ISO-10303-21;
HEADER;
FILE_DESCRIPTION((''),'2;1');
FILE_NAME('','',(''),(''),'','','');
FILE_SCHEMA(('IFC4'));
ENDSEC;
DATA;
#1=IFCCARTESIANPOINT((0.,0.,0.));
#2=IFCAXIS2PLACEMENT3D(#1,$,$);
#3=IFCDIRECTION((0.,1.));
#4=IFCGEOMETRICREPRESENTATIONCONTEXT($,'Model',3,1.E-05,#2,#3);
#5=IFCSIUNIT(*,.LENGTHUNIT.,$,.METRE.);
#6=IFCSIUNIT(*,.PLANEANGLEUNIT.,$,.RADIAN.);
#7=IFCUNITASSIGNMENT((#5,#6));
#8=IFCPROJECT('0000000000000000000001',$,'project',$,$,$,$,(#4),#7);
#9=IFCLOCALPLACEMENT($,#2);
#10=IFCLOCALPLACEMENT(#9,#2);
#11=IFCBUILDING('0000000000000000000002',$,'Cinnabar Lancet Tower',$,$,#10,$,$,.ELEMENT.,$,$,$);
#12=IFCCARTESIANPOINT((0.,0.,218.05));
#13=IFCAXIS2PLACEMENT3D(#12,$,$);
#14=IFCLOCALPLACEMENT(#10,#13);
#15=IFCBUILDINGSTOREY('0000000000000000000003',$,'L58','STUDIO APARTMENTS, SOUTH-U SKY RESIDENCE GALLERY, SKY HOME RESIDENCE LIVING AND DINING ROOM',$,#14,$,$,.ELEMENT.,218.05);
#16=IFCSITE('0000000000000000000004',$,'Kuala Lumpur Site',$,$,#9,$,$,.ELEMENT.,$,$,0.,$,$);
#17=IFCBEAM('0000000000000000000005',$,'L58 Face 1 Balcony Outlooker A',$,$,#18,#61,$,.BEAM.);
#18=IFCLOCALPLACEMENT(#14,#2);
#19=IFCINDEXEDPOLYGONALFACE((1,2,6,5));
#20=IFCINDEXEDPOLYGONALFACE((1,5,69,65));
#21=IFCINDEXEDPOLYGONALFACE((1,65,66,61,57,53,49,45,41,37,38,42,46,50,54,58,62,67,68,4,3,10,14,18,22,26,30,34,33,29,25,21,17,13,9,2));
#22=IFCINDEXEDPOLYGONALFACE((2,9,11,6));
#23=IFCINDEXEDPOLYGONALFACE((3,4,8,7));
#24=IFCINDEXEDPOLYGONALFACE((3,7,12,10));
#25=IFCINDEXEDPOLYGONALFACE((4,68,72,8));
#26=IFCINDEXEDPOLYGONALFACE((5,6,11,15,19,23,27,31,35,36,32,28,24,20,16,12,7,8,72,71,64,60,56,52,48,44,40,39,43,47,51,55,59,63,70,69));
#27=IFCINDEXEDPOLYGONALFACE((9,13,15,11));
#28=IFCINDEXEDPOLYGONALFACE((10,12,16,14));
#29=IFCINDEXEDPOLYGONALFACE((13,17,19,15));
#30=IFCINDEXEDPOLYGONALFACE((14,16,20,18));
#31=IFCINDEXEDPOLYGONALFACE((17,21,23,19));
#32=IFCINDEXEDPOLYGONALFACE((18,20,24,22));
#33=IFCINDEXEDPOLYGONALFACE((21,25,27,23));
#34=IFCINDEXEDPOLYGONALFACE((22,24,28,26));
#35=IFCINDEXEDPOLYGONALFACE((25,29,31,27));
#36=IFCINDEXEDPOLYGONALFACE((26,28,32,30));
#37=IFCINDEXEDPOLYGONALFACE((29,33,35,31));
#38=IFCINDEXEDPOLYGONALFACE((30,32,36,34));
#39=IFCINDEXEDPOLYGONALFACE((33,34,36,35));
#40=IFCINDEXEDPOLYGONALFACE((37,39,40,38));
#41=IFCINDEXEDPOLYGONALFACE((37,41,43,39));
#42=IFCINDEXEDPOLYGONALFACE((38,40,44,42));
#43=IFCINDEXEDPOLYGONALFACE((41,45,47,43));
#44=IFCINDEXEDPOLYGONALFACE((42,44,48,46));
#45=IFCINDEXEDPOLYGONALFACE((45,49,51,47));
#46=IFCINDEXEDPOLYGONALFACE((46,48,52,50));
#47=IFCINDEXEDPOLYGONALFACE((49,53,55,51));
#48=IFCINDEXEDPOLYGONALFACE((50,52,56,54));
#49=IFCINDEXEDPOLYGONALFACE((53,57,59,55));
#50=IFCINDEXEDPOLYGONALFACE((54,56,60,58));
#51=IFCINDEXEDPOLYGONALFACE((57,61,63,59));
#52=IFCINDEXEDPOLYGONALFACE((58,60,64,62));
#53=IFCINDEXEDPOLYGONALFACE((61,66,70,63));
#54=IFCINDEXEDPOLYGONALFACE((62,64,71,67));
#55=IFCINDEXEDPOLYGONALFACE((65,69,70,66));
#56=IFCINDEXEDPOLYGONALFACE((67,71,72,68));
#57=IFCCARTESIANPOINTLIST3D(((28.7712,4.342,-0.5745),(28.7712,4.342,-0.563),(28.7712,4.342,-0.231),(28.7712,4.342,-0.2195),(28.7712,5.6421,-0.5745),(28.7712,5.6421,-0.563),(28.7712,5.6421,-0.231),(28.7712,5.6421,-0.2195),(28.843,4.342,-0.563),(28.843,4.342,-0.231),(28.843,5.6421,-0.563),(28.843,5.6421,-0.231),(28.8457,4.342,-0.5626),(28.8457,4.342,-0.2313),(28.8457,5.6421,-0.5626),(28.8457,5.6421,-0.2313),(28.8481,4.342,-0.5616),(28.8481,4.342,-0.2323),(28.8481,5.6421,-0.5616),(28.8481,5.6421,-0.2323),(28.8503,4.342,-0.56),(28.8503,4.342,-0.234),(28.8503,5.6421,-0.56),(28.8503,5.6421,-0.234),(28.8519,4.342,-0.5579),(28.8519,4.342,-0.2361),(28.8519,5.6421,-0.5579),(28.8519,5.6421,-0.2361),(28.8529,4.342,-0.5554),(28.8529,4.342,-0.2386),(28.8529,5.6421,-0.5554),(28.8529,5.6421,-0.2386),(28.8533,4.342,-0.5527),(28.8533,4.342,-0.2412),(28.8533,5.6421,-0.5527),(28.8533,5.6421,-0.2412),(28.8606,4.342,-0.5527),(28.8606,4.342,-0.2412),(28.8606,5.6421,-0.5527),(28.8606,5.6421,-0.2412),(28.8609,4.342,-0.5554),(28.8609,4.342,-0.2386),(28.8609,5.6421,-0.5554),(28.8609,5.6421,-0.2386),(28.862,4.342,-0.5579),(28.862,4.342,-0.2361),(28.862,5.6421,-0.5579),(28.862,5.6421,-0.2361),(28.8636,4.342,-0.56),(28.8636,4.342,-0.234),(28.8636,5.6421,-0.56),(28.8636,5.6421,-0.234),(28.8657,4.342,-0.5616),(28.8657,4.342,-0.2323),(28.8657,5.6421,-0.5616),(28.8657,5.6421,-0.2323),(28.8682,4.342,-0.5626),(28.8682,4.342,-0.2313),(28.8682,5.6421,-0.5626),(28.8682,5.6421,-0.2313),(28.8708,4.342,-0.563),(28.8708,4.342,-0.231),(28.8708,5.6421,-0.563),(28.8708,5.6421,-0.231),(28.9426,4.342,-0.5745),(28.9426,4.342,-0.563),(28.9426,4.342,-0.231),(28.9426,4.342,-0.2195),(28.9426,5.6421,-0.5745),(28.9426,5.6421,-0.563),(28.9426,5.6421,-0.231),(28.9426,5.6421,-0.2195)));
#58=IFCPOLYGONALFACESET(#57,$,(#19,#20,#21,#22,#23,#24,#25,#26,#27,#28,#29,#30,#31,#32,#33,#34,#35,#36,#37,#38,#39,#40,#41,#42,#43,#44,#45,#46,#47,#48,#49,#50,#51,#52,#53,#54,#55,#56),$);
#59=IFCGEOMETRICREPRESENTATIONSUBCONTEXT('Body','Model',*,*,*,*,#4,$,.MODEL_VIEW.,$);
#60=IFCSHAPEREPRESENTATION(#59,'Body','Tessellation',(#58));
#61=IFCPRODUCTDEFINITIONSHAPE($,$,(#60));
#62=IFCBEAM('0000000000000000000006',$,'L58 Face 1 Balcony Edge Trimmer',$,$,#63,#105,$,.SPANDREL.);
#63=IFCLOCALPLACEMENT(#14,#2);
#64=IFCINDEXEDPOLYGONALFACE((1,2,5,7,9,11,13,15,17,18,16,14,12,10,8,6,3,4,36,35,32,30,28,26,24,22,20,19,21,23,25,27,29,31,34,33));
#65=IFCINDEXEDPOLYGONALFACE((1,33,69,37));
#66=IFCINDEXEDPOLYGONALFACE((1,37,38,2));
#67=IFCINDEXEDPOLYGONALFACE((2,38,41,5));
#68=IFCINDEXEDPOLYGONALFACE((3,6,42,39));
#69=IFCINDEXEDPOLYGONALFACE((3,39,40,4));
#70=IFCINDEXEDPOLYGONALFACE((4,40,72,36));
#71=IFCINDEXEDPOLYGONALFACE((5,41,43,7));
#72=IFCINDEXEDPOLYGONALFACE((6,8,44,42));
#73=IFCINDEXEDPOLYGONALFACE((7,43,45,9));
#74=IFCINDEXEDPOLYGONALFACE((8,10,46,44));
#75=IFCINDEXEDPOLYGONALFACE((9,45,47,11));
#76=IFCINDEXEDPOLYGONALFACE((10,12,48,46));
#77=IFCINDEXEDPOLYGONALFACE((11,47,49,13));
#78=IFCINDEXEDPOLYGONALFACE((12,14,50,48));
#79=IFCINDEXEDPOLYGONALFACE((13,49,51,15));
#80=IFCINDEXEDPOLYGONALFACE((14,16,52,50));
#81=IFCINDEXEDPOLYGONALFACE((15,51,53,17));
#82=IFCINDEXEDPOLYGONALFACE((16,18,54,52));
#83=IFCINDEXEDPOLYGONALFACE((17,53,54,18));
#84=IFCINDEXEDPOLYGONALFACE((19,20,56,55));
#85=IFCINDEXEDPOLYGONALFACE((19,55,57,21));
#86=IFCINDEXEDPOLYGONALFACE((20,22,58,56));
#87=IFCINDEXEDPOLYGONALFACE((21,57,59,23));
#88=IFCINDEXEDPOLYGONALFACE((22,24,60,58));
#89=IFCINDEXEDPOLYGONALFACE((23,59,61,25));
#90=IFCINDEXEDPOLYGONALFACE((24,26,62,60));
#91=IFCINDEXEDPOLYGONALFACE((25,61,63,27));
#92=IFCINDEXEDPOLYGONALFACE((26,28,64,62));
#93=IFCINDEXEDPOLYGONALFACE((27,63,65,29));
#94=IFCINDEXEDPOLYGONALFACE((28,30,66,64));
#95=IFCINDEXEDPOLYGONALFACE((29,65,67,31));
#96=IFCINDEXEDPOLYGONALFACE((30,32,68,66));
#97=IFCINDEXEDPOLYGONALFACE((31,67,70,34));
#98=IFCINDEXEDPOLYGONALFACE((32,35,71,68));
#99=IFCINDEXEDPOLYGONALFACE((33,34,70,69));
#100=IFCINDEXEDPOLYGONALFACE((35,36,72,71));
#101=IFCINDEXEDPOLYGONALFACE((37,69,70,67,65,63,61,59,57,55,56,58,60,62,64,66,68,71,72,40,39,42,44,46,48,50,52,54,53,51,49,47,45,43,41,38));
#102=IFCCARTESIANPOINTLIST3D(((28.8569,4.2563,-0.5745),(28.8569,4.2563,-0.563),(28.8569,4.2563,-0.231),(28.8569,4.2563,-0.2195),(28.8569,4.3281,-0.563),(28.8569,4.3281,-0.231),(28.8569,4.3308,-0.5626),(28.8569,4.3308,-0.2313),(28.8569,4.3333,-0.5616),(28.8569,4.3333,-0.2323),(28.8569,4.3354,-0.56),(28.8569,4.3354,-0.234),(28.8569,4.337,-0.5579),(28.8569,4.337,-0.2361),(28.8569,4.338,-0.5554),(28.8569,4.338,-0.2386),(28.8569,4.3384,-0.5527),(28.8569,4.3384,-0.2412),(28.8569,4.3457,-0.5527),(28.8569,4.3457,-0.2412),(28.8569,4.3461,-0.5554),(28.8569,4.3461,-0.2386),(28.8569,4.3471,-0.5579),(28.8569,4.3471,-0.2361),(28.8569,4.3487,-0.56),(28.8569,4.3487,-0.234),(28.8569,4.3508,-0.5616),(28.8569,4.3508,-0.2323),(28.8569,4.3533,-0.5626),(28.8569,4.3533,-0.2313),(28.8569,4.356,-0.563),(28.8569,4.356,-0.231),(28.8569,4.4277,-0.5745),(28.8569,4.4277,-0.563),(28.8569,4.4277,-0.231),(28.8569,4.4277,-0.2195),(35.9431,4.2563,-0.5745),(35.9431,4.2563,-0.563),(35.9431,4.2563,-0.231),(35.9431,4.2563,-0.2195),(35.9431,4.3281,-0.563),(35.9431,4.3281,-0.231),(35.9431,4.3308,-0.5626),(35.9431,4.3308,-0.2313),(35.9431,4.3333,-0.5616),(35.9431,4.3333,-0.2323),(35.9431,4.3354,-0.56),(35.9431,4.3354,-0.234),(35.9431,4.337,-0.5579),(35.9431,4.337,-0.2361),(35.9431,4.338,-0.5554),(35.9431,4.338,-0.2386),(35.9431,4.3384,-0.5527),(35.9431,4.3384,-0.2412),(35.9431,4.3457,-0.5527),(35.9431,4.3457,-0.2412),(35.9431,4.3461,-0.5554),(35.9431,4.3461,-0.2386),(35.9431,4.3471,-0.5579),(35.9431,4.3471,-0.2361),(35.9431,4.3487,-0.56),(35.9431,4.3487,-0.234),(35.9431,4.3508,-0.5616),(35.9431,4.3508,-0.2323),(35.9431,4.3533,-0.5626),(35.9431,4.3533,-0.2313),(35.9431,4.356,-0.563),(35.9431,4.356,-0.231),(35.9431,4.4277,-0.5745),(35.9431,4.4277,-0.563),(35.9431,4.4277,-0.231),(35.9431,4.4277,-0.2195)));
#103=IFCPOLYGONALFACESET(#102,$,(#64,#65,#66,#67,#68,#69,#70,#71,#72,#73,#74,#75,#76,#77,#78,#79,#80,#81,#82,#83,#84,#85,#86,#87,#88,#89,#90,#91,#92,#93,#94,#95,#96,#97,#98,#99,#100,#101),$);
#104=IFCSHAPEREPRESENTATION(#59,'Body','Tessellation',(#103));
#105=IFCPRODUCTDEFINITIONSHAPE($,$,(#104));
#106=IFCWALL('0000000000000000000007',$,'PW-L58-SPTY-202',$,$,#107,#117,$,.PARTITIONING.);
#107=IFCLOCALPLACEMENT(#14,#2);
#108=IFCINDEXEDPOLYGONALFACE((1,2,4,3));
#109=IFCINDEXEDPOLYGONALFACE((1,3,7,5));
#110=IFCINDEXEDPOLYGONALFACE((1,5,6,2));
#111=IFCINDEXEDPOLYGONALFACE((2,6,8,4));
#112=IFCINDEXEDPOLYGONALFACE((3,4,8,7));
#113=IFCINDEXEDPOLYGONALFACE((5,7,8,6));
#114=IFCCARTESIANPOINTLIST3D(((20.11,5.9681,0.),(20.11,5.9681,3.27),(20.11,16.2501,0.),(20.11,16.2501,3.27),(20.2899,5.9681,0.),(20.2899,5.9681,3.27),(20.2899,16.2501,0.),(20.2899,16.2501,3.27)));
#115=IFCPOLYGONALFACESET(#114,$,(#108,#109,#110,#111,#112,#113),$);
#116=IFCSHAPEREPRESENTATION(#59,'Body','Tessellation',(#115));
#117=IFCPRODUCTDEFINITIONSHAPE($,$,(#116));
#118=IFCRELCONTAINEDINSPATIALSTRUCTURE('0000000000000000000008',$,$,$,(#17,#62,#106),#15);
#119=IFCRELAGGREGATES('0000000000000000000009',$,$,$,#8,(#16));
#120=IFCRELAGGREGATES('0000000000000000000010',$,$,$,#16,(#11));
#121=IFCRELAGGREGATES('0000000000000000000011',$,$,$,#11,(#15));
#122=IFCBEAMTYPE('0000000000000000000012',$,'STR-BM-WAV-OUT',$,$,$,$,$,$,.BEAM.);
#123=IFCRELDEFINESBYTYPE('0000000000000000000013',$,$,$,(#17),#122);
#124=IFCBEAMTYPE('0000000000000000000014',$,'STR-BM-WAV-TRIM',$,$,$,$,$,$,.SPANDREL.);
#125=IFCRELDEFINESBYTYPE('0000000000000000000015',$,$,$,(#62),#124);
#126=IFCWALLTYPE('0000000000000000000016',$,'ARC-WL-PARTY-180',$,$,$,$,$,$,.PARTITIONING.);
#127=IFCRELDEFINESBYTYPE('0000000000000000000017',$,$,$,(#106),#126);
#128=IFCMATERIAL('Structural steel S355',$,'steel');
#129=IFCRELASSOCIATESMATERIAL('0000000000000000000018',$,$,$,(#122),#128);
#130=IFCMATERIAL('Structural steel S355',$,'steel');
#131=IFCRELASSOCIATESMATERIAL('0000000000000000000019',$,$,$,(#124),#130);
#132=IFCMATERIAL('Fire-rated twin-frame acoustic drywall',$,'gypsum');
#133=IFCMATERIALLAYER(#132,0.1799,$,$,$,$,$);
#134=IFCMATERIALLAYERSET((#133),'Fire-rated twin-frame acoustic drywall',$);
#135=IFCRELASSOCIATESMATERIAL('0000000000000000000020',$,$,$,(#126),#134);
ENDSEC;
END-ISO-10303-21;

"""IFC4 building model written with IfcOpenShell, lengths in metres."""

from ifc_helpers import new_model, si_unit, direction, frame, frame_2d, origin, origin_2d, place, context, subcontext, project, spatial, rectangle, i_section, extrude, material, layer, layer_set, material_profile, profile_set, type_object, element, save


model = new_model("IFC4")

# Units and contexts
model_context = context("Model", 3, precision=1e-05, world=origin(), true_north=direction((0.0, 1.0)))
body_context = subcontext(model_context, "Body", "Model", "MODEL_VIEW")
ifc_project = project(units=[si_unit("LENGTHUNIT", "METRE"), si_unit("PLANEANGLEUNIT", "RADIAN")], contexts=[model_context])

# Site, building, storey
site_placement = place(None, origin())
site = spatial("IfcSite", under=ifc_project, at=site_placement, Name="Kuala Lumpur Site", CompositionType="ELEMENT", RefElevation=0.0)
building_placement = place(site_placement, origin())
building = spatial("IfcBuilding", under=site, at=building_placement, Name="Cinnabar Lancet Tower", CompositionType="ELEMENT")
storey_placement = place(building_placement, frame((0.0, 0.0, 218.05)))
storey = spatial("IfcBuildingStorey", under=building, at=storey_placement, Name="L58", Description="STUDIO APARTMENTS, SOUTH-U SKY RESIDENCE GALLERY, SKY HOME RESIDENCE LIVING AND DINING ROOM", CompositionType="ELEMENT", Elevation=218.05)

# Beams
ifc_material_1 = material(Name="Structural steel S355", Category="steel")
ifc_material_profile_1 = material_profile(ifc_material_1, i_section(OverallWidth=0.1714, OverallDepth=0.355, WebThickness=0.0073, FlangeThickness=0.0115, FilletRadius=0.0103, at=origin_2d()), Name="UKB 356x171x51")
ifc_profile_set_1 = profile_set([ifc_material_profile_1], Name="Structural steel S355")
beam_type_1 = type_object("IfcBeamType", Name="STR-BM-WAV-OUT", PredefinedType="BEAM", material=ifc_profile_set_1)
beam_1_placement = place(storey_placement, frame((28.8569, 5.6421, -0.397), z_axis=(0.0, -1.0, 0.0), x_axis=(1.0, 0.0, 0.0)))
element("IfcBeam", 1, at=beam_1_placement, inside=storey, type_object=beam_type_1, Name="L58 Face 1 Balcony Outlooker A", PredefinedType="BEAM", context=body_context, shape_type="SweptSolid", body=[
    extrude(i_section(OverallWidth=0.1714, OverallDepth=0.355, WebThickness=0.0073, FlangeThickness=0.0115, FilletRadius=0.0103, at=origin_2d()), origin(), (0.0, 0.0, 1.0), 1.3),
])
ifc_material_2 = material(Name="Structural steel S355", Category="steel")
ifc_material_profile_2 = material_profile(ifc_material_2, i_section(OverallWidth=0.1714, OverallDepth=0.355, WebThickness=0.0073, FlangeThickness=0.0115, FilletRadius=0.0103, at=origin_2d()), Name="UKB 356x171x51")
ifc_profile_set_2 = profile_set([ifc_material_profile_2], Name="Structural steel S355")
beam_type_2 = type_object("IfcBeamType", Name="STR-BM-WAV-TRIM", PredefinedType="SPANDREL", material=ifc_profile_set_2)
beam_2_placement = place(storey_placement, frame((28.8569, 4.342, -0.397), z_axis=(1.0, 0.0, 0.0), x_axis=(0.0, 1.0, 0.0)))
element("IfcBeam", 2, at=beam_2_placement, inside=storey, type_object=beam_type_2, Name="L58 Face 1 Balcony Edge Trimmer", PredefinedType="SPANDREL", context=body_context, shape_type="SweptSolid", body=[
    extrude(i_section(OverallWidth=0.1714, OverallDepth=0.355, WebThickness=0.0073, FlangeThickness=0.0115, FilletRadius=0.0103, at=origin_2d()), origin(), (0.0, 0.0, 1.0), 7.0862),
])

# Wall
ifc_material_3 = material(Name="Fire-rated twin-frame acoustic drywall", Category="gypsum")
ifc_layer_1 = layer(ifc_material_3, 0.1799)
ifc_layer_set_1 = layer_set([ifc_layer_1], Name="Fire-rated twin-frame acoustic drywall")
wall_type_1 = type_object("IfcWallType", Name="ARC-WL-PARTY-180", PredefinedType="PARTITIONING", material=ifc_layer_set_1)
wall_1_placement = place(storey_placement, frame((20.2, 5.968, 0.0), z_axis=(0.0, 0.0, 1.0), x_axis=(0.0, 1.0, 0.0)))
element("IfcWall", 3, at=wall_1_placement, inside=storey, type_object=wall_type_1, Name="PW-L58-SPTY-202", PredefinedType="PARTITIONING", context=body_context, shape_type="SweptSolid", body=[
    extrude(rectangle(XDim=10.282, YDim=0.1799, at=frame_2d((5.1411, 0.0))), origin(), (0.0, 0.0, 1.0), 3.27),
])

save(model, "model.ifc")
